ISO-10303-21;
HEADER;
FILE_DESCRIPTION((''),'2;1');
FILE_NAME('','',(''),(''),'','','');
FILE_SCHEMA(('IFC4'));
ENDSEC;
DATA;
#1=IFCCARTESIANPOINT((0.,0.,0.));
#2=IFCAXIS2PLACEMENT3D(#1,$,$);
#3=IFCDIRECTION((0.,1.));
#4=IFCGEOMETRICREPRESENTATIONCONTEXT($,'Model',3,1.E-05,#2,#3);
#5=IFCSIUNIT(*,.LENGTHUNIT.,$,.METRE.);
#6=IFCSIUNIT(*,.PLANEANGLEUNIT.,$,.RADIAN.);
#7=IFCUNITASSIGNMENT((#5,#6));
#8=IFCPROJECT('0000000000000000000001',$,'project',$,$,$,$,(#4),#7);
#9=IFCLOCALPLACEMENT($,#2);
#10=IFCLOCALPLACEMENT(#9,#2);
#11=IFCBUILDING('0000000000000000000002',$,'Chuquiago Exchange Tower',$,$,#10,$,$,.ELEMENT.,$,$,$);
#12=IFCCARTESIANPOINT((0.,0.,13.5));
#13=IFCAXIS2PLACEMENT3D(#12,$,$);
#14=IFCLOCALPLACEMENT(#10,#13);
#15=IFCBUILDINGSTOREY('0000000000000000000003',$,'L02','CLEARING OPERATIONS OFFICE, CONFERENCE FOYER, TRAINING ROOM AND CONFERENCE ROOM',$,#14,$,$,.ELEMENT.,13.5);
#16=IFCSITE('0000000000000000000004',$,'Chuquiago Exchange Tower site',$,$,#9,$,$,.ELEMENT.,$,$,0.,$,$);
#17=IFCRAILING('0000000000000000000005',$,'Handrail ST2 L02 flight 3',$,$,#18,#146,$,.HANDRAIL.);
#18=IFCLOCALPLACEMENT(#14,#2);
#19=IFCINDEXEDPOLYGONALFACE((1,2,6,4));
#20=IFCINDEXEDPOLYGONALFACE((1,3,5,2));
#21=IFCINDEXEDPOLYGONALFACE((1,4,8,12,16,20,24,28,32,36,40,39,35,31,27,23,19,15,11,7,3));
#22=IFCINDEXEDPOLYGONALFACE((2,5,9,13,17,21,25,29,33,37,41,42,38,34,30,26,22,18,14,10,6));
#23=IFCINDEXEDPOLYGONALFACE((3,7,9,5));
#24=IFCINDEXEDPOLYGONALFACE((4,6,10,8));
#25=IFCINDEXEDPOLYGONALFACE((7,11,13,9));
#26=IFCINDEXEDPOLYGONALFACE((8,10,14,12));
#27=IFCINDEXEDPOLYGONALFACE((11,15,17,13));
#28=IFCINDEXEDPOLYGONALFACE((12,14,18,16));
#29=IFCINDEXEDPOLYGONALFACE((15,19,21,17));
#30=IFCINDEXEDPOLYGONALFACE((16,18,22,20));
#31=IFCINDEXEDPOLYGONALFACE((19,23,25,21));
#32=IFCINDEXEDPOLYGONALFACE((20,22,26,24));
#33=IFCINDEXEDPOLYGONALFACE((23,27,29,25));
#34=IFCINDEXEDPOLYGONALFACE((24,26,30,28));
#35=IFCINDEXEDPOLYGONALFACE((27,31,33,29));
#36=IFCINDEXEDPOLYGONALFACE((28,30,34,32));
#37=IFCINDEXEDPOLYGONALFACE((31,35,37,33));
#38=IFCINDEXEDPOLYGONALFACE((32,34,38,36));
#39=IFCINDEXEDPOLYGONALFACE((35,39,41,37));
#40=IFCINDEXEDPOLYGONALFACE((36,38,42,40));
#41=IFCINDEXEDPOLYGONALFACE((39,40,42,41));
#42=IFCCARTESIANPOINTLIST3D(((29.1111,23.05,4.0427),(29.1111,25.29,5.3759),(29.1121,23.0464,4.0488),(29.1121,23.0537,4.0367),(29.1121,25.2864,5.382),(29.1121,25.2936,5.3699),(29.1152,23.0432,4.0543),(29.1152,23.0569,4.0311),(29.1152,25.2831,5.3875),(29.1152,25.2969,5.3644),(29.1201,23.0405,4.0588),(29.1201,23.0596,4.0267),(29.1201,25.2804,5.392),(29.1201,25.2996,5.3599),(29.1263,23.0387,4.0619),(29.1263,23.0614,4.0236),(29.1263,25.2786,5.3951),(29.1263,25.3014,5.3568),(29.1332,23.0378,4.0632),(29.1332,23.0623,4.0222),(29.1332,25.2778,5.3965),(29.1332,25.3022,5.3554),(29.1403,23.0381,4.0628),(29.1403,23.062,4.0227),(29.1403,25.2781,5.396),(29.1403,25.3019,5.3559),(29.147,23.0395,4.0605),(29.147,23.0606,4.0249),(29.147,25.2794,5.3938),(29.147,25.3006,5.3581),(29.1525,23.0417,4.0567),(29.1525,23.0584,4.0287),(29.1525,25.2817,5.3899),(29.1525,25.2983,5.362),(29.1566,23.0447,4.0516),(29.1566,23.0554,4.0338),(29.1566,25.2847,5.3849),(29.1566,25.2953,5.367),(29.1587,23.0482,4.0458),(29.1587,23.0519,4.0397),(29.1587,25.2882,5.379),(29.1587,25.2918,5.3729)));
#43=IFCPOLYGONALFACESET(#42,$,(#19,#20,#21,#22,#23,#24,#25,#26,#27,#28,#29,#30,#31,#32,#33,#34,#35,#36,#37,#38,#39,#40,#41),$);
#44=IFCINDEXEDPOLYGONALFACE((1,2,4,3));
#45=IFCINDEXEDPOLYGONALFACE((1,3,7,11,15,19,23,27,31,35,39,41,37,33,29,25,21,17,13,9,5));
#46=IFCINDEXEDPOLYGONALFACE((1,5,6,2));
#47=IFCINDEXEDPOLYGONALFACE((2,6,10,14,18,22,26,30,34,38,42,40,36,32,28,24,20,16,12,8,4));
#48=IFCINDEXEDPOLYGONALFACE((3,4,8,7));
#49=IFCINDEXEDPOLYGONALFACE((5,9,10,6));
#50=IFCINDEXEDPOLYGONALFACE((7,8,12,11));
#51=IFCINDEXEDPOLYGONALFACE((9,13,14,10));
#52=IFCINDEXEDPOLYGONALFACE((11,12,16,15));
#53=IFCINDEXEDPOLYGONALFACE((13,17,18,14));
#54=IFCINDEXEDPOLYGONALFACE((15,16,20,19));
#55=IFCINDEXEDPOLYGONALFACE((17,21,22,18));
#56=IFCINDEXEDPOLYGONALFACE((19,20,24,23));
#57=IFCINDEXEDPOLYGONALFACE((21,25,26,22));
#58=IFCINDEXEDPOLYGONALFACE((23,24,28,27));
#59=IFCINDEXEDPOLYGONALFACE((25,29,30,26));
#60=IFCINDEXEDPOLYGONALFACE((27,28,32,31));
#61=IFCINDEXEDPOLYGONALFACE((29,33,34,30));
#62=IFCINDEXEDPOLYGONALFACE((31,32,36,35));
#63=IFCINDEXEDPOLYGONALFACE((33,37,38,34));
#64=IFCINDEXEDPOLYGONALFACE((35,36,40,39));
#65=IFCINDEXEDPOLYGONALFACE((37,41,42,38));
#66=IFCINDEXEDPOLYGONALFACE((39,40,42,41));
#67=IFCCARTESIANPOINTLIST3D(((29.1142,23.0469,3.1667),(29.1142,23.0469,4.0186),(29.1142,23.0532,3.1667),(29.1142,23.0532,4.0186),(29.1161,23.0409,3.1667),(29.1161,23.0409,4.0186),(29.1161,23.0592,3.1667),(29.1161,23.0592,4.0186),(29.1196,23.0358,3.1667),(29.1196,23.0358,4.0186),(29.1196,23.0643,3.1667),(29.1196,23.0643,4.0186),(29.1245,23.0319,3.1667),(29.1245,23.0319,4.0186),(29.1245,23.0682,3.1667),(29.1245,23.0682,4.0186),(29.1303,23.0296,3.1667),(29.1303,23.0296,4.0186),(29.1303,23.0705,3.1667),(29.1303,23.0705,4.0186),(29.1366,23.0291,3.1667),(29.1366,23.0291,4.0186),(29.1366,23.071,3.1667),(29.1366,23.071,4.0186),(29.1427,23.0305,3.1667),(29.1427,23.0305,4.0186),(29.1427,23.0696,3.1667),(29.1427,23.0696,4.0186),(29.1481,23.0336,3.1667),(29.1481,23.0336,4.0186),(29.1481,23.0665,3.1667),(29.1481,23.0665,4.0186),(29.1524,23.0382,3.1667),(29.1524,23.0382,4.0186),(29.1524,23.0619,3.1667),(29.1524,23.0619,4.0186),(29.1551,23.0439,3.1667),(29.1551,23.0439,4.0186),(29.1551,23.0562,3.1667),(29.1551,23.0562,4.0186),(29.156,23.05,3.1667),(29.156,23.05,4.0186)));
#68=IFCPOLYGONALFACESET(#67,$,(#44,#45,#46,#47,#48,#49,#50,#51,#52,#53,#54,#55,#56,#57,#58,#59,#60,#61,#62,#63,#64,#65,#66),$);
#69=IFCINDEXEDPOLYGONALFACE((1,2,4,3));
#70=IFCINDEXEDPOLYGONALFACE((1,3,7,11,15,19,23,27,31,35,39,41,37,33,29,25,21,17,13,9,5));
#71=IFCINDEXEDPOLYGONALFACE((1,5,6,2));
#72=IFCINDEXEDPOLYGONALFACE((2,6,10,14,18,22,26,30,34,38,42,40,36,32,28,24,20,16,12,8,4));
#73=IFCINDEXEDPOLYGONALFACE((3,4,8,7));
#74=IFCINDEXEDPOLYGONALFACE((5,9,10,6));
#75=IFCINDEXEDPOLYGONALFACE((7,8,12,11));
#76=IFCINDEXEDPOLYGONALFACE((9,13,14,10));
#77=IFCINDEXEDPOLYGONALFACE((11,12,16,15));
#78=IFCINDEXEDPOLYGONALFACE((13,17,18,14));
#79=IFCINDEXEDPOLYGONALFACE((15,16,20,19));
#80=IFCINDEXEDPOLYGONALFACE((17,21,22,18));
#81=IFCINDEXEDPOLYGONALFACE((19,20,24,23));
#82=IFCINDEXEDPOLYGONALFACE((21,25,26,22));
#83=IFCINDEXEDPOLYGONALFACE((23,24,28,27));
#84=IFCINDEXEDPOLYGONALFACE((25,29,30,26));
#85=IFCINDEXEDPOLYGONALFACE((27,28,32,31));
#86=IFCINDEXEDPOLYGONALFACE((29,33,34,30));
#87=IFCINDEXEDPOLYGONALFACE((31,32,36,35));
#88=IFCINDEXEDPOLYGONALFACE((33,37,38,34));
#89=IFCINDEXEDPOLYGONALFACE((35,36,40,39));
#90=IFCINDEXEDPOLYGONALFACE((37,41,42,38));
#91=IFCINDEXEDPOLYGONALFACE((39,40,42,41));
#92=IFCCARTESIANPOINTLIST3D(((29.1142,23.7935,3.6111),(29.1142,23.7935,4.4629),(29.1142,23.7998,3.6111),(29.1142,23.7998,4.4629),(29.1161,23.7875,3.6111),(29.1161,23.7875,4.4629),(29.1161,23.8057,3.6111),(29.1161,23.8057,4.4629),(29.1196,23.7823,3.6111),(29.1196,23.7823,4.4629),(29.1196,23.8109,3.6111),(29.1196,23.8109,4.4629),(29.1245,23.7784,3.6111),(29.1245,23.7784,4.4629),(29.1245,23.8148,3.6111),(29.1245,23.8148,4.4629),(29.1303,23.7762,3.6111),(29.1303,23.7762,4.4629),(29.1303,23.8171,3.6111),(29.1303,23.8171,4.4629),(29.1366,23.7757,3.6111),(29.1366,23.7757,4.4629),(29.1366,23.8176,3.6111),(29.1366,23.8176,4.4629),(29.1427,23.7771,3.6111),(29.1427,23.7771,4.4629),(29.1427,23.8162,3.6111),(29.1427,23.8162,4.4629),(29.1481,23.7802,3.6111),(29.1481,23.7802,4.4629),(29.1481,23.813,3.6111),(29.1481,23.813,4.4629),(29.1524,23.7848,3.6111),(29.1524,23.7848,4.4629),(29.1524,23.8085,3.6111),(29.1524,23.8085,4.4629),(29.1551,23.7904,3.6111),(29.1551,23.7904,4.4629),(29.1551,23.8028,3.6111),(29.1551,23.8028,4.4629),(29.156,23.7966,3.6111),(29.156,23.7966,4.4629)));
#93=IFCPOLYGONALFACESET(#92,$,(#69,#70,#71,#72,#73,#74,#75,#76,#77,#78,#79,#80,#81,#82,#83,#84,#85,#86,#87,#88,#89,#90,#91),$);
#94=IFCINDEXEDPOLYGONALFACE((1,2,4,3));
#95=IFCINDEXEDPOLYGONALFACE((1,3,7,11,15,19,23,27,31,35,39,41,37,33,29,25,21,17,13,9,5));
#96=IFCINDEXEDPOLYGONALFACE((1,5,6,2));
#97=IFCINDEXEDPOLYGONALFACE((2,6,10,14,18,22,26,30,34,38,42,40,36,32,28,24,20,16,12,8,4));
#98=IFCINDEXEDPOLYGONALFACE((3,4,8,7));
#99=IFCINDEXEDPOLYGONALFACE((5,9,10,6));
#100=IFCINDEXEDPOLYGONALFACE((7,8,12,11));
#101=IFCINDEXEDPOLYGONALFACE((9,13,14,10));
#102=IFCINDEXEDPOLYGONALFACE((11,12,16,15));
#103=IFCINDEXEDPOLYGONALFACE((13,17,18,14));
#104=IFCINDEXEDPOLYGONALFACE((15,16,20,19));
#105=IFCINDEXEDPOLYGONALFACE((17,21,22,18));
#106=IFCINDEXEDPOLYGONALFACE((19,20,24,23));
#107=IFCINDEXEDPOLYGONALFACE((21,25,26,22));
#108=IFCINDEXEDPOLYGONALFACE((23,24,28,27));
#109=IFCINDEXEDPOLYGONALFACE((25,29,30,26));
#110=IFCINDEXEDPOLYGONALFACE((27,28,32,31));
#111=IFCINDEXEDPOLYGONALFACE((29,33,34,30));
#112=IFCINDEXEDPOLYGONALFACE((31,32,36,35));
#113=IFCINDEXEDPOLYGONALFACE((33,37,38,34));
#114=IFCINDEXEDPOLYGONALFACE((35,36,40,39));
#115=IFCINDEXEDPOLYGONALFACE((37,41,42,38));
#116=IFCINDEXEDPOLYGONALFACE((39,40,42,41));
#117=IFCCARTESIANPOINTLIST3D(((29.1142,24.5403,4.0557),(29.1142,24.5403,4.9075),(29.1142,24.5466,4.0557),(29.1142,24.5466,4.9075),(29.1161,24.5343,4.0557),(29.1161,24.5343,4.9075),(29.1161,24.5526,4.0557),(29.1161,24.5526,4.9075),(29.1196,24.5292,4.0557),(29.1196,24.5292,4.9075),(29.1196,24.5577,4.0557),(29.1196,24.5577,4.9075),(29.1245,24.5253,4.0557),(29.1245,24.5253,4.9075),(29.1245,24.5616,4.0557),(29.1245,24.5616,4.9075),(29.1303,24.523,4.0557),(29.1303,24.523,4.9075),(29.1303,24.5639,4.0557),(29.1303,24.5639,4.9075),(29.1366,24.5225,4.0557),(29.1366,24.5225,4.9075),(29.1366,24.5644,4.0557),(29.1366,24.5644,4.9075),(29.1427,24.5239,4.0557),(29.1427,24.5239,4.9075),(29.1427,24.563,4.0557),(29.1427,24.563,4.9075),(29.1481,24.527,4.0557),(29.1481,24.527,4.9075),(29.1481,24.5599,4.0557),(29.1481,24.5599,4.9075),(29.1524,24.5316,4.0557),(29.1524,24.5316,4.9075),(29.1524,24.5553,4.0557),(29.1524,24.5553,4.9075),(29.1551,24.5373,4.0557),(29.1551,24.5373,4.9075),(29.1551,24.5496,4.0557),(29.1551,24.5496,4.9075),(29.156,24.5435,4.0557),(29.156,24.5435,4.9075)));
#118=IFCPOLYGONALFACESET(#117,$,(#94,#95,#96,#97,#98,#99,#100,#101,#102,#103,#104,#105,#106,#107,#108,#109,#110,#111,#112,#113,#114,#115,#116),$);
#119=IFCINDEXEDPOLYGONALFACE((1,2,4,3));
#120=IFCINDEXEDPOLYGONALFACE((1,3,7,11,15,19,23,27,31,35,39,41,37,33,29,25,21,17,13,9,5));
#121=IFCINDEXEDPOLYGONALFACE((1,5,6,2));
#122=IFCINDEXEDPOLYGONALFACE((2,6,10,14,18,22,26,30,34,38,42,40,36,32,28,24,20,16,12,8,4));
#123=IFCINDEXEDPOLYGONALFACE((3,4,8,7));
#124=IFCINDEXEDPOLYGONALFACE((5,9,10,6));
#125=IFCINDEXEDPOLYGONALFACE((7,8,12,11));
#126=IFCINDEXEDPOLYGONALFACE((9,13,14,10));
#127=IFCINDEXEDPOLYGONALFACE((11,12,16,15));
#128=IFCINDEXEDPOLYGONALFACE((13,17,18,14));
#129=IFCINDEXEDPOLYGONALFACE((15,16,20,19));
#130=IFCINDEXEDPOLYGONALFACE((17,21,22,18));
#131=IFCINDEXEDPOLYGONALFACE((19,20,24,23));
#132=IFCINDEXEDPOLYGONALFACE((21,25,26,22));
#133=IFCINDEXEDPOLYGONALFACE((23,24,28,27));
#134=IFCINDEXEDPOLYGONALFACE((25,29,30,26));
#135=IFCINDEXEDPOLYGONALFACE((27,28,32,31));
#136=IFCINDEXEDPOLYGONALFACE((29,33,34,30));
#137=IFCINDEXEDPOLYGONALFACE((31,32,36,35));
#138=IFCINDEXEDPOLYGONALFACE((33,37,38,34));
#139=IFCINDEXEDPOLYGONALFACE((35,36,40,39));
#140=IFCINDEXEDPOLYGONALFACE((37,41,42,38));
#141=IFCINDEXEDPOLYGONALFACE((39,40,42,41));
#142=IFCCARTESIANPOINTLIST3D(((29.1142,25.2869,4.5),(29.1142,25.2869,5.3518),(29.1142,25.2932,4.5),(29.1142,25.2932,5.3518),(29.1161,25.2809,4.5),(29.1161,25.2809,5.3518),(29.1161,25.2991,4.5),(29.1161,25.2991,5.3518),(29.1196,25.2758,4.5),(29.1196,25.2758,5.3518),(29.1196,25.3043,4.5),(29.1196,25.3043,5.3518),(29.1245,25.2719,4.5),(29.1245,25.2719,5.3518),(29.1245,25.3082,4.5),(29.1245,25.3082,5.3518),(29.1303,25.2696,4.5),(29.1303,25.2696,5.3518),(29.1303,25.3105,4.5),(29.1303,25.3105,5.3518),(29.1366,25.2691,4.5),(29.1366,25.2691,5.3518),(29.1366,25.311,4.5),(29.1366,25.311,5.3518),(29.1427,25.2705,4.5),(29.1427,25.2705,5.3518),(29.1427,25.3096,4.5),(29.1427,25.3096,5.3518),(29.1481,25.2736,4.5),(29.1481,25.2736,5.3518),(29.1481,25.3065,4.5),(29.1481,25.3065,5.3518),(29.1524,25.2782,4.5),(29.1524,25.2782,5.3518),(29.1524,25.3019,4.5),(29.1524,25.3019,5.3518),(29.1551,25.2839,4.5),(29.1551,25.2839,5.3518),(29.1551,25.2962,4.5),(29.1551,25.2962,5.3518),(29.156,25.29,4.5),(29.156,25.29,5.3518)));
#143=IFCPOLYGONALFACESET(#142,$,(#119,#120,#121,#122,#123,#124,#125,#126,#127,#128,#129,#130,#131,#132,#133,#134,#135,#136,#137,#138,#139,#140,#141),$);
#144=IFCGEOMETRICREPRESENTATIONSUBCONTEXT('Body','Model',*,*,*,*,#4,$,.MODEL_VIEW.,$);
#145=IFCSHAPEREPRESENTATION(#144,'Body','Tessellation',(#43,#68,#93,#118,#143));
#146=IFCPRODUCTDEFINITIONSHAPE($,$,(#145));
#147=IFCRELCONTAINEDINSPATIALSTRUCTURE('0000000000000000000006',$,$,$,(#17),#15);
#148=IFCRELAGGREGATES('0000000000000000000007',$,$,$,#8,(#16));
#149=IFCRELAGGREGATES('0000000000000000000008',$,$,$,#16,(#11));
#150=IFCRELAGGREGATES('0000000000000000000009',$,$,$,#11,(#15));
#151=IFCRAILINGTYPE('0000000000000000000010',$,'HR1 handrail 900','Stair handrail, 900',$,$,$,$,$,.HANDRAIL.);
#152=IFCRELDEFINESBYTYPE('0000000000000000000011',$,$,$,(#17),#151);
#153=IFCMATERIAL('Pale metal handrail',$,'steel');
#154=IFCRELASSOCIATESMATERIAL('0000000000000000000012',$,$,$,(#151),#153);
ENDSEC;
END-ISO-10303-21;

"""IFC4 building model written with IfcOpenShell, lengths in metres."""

from ifc_helpers import new_model, si_unit, direction, frame, origin, origin_2d, place, context, subcontext, project, spatial, circle, extrude, material, type_object, element, save


model = new_model("IFC4")

# Units and contexts
model_context = context("Model", 3, precision=1e-05, world=origin(), true_north=direction((0.0, 1.0)))
body_context = subcontext(model_context, "Body", "Model", "MODEL_VIEW")
ifc_project = project(units=[si_unit("LENGTHUNIT", "METRE"), si_unit("PLANEANGLEUNIT", "RADIAN")], contexts=[model_context])

# Site, building, storey
site_placement = place(None, origin())
site = spatial("IfcSite", under=ifc_project, at=site_placement, Name="Chuquiago Exchange Tower site", CompositionType="ELEMENT", RefElevation=0.0)
building_placement = place(site_placement, origin())
building = spatial("IfcBuilding", under=site, at=building_placement, Name="Chuquiago Exchange Tower", CompositionType="ELEMENT")
storey_placement = place(building_placement, frame((0.0, 0.0, 13.5)))
storey = spatial("IfcBuildingStorey", under=building, at=storey_placement, Name="L02", Description="CLEARING OPERATIONS OFFICE, CONFERENCE FOYER, TRAINING ROOM AND CONFERENCE ROOM", CompositionType="ELEMENT", Elevation=13.5)

# Railing
ifc_material_1 = material(Name="Pale metal handrail", Category="steel")
railing_type_1 = type_object("IfcRailingType", Name="HR1 handrail 900", Description="Stair handrail, 900", PredefinedType="HANDRAIL", material=ifc_material_1)
for number, where, name in (
    (1, (29.135, 23.05, 3.1667), "Handrail ST2 L02 flight 3"),
):
    element("IfcRailing", number, at=place(storey_placement, frame(where)), inside=storey, type_object=railing_type_1, Name=name, PredefinedType="HANDRAIL", context=body_context, shape_type="SweptSolid", body=[
        extrude(circle(Radius=0.0239, at=origin_2d()), frame((0.0, 0.0, 0.876), z_axis=(0.0, 0.859306, 0.511462), x_axis=(-1.0, 0.0, 0.0)), (0.0, 0.0, 1.0), 2.6067),
        extrude(circle(Radius=0.021, at=origin_2d()), origin(), (0.0, 0.0, 1.0), 0.8518),
        extrude(circle(Radius=0.021, at=origin_2d()), frame((0.0, 0.7466, 0.4443)), (0.0, 0.0, 1.0), 0.8518),
        extrude(circle(Radius=0.021, at=origin_2d()), frame((0.0, 1.4934, 0.8889)), (0.0, 0.0, 1.0), 0.8518),
        extrude(circle(Radius=0.021, at=origin_2d()), frame((0.0, 2.24, 1.3333)), (0.0, 0.0, 1.0), 0.8518),
    ])

save(model, "model.ifc")
